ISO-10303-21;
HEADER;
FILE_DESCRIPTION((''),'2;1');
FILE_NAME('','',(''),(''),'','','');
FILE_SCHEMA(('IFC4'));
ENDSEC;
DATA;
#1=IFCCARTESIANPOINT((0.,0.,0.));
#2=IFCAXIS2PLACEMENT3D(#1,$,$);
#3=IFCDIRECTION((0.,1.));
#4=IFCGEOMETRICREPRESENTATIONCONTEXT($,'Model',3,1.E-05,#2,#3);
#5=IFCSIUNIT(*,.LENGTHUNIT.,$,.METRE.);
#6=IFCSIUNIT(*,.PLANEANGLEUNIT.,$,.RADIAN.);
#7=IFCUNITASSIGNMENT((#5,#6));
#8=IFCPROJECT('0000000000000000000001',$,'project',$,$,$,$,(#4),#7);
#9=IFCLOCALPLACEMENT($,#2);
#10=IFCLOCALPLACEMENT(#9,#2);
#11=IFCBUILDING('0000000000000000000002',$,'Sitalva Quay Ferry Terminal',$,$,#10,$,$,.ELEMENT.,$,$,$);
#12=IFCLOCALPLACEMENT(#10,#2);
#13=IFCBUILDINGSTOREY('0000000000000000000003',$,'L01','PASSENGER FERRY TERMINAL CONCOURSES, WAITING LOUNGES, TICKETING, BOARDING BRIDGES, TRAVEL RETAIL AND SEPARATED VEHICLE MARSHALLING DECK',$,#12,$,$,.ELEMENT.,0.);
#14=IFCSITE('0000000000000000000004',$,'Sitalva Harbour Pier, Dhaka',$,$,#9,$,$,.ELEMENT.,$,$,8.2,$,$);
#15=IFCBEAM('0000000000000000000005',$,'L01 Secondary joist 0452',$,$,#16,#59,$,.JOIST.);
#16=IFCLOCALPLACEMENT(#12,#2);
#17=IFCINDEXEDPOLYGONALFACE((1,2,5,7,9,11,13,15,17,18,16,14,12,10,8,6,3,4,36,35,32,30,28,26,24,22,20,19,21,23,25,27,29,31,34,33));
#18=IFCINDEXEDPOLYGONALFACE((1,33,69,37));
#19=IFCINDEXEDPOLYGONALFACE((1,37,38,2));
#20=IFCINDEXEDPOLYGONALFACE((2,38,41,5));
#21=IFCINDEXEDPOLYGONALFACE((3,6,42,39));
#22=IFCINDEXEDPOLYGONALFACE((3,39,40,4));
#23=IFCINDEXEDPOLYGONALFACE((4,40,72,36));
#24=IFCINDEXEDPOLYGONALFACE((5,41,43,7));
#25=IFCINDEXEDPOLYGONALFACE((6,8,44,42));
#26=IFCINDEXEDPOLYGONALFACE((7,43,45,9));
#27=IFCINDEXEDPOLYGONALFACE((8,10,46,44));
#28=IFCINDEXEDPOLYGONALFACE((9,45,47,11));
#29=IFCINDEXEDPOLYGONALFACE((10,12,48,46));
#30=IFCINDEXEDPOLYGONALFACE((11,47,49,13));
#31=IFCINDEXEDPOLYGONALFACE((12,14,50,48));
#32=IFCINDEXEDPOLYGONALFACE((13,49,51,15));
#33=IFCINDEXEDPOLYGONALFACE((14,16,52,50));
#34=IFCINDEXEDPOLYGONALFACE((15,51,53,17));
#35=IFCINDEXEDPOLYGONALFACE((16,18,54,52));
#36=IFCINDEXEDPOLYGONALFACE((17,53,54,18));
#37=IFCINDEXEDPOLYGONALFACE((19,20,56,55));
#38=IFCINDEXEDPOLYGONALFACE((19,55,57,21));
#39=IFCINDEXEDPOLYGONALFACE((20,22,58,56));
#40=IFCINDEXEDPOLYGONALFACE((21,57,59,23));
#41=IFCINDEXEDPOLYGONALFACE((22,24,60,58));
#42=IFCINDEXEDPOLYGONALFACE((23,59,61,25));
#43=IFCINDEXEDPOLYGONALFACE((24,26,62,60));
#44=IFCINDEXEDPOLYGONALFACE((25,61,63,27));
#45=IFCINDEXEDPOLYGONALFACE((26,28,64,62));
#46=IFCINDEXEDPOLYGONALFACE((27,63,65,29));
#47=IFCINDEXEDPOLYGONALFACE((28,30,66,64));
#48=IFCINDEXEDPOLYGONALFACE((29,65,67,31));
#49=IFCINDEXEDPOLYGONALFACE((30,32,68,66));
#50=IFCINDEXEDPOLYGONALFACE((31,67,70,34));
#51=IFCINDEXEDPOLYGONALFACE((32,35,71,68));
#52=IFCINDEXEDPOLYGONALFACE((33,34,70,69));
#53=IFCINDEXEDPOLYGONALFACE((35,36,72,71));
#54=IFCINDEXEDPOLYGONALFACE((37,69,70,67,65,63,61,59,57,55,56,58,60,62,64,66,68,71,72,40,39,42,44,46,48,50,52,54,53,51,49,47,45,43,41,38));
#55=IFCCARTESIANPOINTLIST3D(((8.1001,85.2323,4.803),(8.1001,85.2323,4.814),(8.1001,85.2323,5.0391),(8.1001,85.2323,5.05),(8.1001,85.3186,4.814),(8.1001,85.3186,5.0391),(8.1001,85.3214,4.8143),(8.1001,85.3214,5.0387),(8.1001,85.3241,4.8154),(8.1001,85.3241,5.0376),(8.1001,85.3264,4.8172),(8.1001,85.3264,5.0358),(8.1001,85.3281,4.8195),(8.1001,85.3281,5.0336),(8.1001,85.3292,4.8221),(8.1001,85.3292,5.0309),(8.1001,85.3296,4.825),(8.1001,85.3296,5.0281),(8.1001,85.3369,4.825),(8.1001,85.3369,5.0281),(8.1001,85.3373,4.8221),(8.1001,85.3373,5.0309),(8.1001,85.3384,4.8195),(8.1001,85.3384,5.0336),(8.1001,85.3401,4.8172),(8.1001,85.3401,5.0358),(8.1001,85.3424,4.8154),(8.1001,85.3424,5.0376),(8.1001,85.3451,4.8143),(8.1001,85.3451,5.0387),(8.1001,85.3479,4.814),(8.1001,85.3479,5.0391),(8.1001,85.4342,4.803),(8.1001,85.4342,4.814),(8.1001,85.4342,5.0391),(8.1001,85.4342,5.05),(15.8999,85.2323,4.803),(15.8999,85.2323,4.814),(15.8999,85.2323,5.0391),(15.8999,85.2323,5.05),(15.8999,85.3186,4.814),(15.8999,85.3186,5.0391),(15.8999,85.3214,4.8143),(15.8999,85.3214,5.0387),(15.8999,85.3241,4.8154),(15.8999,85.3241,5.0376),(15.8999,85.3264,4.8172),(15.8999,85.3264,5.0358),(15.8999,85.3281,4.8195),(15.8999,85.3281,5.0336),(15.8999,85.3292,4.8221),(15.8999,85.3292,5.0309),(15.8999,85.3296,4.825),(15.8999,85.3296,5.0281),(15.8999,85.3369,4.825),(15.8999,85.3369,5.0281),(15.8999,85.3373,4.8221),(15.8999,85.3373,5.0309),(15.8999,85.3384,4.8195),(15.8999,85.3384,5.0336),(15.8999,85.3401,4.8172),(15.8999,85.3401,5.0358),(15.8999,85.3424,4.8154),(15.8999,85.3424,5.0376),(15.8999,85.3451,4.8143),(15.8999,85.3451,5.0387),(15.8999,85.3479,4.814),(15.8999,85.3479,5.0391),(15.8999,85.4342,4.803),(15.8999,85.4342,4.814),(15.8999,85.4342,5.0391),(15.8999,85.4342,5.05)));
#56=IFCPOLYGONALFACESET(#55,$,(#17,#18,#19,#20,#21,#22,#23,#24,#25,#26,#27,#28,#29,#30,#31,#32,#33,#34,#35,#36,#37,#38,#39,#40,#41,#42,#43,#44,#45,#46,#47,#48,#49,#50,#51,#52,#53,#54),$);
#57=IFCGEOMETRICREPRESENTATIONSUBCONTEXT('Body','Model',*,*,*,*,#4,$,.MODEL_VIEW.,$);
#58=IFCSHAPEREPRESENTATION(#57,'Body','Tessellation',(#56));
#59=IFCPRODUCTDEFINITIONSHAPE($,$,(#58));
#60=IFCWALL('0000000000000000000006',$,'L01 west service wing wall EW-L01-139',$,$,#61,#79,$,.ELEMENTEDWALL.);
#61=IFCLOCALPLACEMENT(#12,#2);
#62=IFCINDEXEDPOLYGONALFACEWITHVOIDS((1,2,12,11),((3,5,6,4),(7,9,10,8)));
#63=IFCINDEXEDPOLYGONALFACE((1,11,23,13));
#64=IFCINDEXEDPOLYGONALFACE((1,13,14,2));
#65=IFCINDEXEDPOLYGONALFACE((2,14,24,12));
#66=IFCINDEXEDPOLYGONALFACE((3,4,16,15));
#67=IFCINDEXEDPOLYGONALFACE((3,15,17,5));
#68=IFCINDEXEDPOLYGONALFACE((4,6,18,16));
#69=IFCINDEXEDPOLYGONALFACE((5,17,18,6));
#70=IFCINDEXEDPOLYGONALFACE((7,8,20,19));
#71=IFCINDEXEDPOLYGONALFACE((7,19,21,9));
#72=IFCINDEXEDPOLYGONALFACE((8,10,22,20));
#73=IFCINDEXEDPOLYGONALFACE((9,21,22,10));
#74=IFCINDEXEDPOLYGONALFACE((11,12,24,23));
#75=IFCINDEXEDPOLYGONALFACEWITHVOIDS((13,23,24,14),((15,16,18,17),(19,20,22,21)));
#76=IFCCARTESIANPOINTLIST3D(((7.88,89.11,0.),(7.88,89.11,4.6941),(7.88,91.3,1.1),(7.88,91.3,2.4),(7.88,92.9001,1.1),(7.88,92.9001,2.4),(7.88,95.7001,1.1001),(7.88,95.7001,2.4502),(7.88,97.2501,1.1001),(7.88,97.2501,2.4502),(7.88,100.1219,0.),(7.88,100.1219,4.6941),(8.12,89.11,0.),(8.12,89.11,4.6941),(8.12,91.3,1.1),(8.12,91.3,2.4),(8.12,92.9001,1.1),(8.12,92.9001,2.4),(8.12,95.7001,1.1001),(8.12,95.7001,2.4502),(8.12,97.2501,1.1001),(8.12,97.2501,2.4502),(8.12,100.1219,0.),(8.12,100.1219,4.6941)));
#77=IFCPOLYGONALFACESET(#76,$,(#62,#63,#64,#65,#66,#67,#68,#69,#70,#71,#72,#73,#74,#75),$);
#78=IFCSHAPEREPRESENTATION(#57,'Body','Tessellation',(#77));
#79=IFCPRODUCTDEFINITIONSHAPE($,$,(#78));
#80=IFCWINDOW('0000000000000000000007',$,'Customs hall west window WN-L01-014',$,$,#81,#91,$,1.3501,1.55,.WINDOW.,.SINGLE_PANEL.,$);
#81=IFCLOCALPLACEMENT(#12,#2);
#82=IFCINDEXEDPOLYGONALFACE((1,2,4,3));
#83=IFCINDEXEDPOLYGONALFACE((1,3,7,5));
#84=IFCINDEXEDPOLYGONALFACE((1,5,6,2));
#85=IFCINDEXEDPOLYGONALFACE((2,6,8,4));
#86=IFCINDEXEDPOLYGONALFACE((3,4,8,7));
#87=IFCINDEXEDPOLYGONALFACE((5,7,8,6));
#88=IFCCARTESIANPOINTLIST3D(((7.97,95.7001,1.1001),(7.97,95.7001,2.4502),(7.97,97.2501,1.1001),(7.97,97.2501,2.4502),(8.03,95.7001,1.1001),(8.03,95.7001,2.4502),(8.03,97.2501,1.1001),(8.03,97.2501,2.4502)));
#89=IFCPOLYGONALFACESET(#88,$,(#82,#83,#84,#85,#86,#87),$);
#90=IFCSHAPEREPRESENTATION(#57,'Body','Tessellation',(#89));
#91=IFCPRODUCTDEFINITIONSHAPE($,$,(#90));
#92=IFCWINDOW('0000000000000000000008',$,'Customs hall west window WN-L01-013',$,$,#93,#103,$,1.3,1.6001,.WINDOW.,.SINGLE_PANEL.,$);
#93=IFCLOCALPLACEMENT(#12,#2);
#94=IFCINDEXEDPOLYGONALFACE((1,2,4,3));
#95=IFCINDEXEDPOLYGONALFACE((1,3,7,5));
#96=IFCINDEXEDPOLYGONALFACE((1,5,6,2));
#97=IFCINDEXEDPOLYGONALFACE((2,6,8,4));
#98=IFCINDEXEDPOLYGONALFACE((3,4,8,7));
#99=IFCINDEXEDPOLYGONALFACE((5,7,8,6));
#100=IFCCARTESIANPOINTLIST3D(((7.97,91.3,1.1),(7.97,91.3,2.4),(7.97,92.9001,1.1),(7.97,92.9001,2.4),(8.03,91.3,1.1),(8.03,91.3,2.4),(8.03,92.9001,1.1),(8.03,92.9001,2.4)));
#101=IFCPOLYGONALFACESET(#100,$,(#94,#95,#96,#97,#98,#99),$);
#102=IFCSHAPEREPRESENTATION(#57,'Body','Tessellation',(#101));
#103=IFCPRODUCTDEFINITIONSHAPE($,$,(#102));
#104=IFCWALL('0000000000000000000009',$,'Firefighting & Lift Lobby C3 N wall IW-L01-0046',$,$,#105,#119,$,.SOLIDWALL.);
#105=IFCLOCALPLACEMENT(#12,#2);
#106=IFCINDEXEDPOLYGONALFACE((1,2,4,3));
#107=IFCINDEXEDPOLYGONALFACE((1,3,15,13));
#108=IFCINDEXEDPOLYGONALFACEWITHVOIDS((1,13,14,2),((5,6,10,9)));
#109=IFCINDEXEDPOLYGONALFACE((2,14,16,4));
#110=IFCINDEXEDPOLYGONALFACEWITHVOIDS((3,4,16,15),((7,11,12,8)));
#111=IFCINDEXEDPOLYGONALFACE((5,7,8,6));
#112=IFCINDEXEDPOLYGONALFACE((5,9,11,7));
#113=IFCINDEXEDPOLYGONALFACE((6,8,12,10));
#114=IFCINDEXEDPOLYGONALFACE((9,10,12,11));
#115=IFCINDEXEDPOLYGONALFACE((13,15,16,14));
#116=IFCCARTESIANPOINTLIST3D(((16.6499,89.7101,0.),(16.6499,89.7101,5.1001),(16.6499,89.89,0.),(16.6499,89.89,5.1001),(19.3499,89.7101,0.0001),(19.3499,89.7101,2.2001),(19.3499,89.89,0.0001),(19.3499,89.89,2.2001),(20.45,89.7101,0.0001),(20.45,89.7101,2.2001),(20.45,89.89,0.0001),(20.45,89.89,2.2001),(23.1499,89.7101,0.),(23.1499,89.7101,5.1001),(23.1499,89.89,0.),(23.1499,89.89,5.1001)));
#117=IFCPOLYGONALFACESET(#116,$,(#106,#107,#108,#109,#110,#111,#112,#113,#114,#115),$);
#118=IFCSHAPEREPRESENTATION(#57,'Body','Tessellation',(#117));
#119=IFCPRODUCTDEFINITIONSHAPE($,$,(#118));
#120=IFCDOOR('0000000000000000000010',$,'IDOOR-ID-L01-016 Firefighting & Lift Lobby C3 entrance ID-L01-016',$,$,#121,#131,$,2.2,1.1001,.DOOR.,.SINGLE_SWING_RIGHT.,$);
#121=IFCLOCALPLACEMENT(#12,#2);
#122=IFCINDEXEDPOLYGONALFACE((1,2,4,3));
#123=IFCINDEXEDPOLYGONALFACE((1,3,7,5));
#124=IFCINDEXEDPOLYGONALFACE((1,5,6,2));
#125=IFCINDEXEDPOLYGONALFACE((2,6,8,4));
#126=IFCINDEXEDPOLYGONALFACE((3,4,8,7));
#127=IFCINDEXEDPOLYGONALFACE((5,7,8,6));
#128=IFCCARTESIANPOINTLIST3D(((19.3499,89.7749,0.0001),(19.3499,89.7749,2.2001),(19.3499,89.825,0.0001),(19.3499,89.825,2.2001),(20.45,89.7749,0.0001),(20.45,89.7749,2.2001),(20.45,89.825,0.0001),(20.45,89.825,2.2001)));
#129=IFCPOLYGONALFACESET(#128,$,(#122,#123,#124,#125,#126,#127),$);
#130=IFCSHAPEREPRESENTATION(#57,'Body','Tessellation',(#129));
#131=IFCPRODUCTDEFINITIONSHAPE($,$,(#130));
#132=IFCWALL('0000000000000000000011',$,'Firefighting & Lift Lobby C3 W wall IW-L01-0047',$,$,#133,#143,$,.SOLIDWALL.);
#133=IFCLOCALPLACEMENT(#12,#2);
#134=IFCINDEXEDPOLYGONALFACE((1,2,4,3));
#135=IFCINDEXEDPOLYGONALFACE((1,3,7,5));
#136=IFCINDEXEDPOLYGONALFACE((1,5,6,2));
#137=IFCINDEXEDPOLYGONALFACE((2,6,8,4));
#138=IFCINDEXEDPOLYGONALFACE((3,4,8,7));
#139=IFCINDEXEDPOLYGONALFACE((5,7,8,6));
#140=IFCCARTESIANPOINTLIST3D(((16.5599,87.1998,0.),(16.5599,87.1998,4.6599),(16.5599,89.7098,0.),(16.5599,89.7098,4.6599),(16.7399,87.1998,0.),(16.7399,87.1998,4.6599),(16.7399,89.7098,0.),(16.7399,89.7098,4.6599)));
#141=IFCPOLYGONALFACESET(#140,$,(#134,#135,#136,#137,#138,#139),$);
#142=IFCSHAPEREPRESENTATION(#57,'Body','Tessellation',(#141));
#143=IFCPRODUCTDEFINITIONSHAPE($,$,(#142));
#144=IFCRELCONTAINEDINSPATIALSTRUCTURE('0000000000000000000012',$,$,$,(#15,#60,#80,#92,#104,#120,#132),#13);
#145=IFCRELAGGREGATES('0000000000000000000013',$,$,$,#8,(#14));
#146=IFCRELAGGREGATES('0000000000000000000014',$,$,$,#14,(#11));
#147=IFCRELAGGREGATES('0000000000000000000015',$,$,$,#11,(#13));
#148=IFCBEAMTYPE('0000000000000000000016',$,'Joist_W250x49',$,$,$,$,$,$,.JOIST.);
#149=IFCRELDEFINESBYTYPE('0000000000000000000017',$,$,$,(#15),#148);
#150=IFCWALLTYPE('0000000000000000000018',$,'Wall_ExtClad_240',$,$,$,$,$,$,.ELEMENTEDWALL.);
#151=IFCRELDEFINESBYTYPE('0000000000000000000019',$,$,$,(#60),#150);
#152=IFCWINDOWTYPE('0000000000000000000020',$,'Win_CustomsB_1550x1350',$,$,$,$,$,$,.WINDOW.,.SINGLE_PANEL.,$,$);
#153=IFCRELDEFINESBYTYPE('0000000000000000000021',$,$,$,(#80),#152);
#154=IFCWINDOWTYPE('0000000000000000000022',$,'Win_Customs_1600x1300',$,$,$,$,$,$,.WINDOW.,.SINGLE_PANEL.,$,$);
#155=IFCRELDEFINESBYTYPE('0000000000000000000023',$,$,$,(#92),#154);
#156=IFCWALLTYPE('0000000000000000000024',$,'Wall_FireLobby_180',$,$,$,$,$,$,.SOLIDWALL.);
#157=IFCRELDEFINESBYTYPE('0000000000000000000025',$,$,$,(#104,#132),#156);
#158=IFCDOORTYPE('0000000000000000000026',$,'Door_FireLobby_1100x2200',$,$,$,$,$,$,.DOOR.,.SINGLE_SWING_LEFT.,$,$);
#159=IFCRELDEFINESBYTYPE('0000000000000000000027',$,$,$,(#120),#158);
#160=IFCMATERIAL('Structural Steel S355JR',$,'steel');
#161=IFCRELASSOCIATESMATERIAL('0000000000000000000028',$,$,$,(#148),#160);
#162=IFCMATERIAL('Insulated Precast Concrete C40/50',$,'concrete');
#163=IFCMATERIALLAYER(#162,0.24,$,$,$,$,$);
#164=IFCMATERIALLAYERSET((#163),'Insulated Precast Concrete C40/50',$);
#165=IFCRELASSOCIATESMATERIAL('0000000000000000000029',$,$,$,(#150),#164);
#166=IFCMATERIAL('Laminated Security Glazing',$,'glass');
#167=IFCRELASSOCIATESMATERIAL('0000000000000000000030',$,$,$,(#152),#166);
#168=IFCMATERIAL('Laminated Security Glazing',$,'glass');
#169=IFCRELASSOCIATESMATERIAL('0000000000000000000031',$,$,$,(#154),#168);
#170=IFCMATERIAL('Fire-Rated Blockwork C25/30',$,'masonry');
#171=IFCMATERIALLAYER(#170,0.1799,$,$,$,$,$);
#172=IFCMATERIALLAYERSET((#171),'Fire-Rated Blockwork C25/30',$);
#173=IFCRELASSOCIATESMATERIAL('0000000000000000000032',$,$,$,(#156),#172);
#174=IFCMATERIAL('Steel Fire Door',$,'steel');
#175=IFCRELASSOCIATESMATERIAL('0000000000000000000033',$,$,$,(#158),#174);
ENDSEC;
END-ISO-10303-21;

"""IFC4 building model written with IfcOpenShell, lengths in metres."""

from ifc_helpers import new_model, si_unit, direction, frame, frame_2d, origin, origin_2d, place, context, subcontext, project, spatial, rectangle, i_section, extrude, material, layer, layer_set, material_profile, profile_set, type_object, element, fill, save


model = new_model("IFC4")

# Units and contexts
model_context = context("Model", 3, precision=1e-05, world=origin(), true_north=direction((0.0, 1.0)))
body_context = subcontext(model_context, "Body", "Model", "MODEL_VIEW")
ifc_project = project(units=[si_unit("LENGTHUNIT", "METRE"), si_unit("PLANEANGLEUNIT", "RADIAN")], contexts=[model_context])

# Site, building, storey
site_placement = place(None, origin())
site = spatial("IfcSite", under=ifc_project, at=site_placement, Name="Sitalva Harbour Pier, Dhaka", CompositionType="ELEMENT", RefElevation=8.2)
building_placement = place(site_placement, origin())
building = spatial("IfcBuilding", under=site, at=building_placement, Name="Sitalva Quay Ferry Terminal", CompositionType="ELEMENT")
storey_placement = place(building_placement, origin())
storey = spatial("IfcBuildingStorey", under=building, at=storey_placement, Name="L01", Description="PASSENGER FERRY TERMINAL CONCOURSES, WAITING LOUNGES, TICKETING, BOARDING BRIDGES, TRAVEL RETAIL AND SEPARATED VEHICLE MARSHALLING DECK", CompositionType="ELEMENT", Elevation=0.0)

# Beam
ifc_material_1 = material(Name="Structural Steel S355JR", Category="steel")
ifc_material_profile_1 = material_profile(ifc_material_1, i_section(OverallWidth=0.2019, OverallDepth=0.2471, WebThickness=0.0073, FlangeThickness=0.011, FilletRadius=0.011, at=origin_2d()), Name="W250x49")
ifc_profile_set_1 = profile_set([ifc_material_profile_1], Name="Structural Steel S355JR")
beam_type_1 = type_object("IfcBeamType", Name="Joist_W250x49", PredefinedType="JOIST", material=ifc_profile_set_1)
for number, where, z_axis, x_axis, name in (
    (1, (8.1001, 85.3333, 4.9265), (1.0, 0.0, 0.0), (0.0, 1.0, 0.0), "L01 Secondary joist 0452"),
):
    element("IfcBeam", number, at=place(storey_placement, frame(where, z_axis=z_axis, x_axis=x_axis)), inside=storey, type_object=beam_type_1, Name=name, PredefinedType="JOIST", context=body_context, shape_type="SweptSolid", body=[
        extrude(i_section(OverallWidth=0.2019, OverallDepth=0.2471, WebThickness=0.0073, FlangeThickness=0.011, FilletRadius=0.011, at=origin_2d()), origin(), (0.0, 0.0, 1.0), 7.7998),
    ])

# Wall, openings, windows
ifc_material_2 = material(Name="Insulated Precast Concrete C40/50", Category="concrete")
ifc_layer_1 = layer(ifc_material_2, 0.24)
ifc_layer_set_1 = layer_set([ifc_layer_1], Name="Insulated Precast Concrete C40/50")
wall_type_1 = type_object("IfcWallType", Name="Wall_ExtClad_240", PredefinedType="ELEMENTEDWALL", material=ifc_layer_set_1)
wall_1_placement = place(storey_placement, frame((8.0, 89.1101, 0.0), z_axis=(0.0, 0.0, 1.0), x_axis=(0.0, 1.0, 0.0)))
wall_1 = element("IfcWall", 2, at=wall_1_placement, inside=storey, type_object=wall_type_1, Name="L01 west service wing wall EW-L01-139", PredefinedType="ELEMENTEDWALL", context=body_context, shape_type="SweptSolid", body=[
    extrude(rectangle(XDim=11.012, YDim=0.24, at=frame_2d((5.5059, 0.0))), origin(), (0.0, 0.0, 1.0), 4.6941),
])
opening_1_placement = place(wall_1_placement, frame((2.1899, 0.0, 1.1001)))
opening_1 = element("IfcOpeningElement", 3, at=opening_1_placement, cuts=wall_1, PredefinedType="OPENING", context=body_context, shape_type="SweptSolid", body=[
    extrude(rectangle(XDim=1.6001, YDim=1.3, at=frame_2d((0.8, 0.6499))), frame((0.0, 0.1299, 0.0), z_axis=(0.0, -1.0, 0.0), x_axis=(1.0, 0.0, 0.0)), (0.0, 0.0, 1.0), 0.26),
])
opening_2_placement = place(wall_1_placement, frame((6.5901, 0.0, 1.1001)))
opening_2 = element("IfcOpeningElement", 4, at=opening_2_placement, cuts=wall_1, PredefinedType="OPENING", context=body_context, shape_type="SweptSolid", body=[
    extrude(rectangle(XDim=1.55, YDim=1.3501, at=frame_2d((0.7749, 0.675))), frame((0.0, 0.1299, 0.0), z_axis=(0.0, -1.0, 0.0), x_axis=(1.0, 0.0, 0.0)), (0.0, 0.0, 1.0), 0.26),
])
ifc_material_3 = material(Name="Laminated Security Glazing", Category="glass")
window_type_1 = type_object("IfcWindowType", Name="Win_CustomsB_1550x1350", PartitioningType="SINGLE_PANEL", PredefinedType="WINDOW", material=ifc_material_3)
window_1_placement = place(opening_2_placement, origin())
window_1 = element("IfcWindow", 5, at=window_1_placement, inside=storey, type_object=window_type_1, Name="Customs hall west window WN-L01-014", OverallHeight=1.3501, OverallWidth=1.55, PartitioningType="SINGLE_PANEL", PredefinedType="WINDOW", context=body_context, shape_type="SweptSolid", body=[
    extrude(rectangle(XDim=1.55, YDim=1.3501, at=frame_2d((0.7749, 0.675))), frame((0.0, 0.03, 0.0), z_axis=(0.0, -1.0, 0.0), x_axis=(1.0, 0.0, 0.0)), (0.0, 0.0, 1.0), 0.0601),
])
fill(opening_2, window_1)
ifc_material_4 = material(Name="Laminated Security Glazing", Category="glass")
window_type_2 = type_object("IfcWindowType", Name="Win_Customs_1600x1300", PartitioningType="SINGLE_PANEL", PredefinedType="WINDOW", material=ifc_material_4)
window_2_placement = place(opening_1_placement, origin())
window_2 = element("IfcWindow", 6, at=window_2_placement, inside=storey, type_object=window_type_2, Name="Customs hall west window WN-L01-013", OverallHeight=1.3, OverallWidth=1.6001, PartitioningType="SINGLE_PANEL", PredefinedType="WINDOW", context=body_context, shape_type="SweptSolid", body=[
    extrude(rectangle(XDim=1.6001, YDim=1.3, at=frame_2d((0.8, 0.6499))), frame((0.0, 0.03, 0.0), z_axis=(0.0, -1.0, 0.0), x_axis=(1.0, 0.0, 0.0)), (0.0, 0.0, 1.0), 0.0601),
])
fill(opening_1, window_2)

# Wall, opening, door
ifc_material_5 = material(Name="Fire-Rated Blockwork C25/30", Category="masonry")
ifc_layer_2 = layer(ifc_material_5, 0.1799)
ifc_layer_set_2 = layer_set([ifc_layer_2], Name="Fire-Rated Blockwork C25/30")
wall_type_2 = type_object("IfcWallType", Name="Wall_FireLobby_180", PredefinedType="SOLIDWALL", material=ifc_layer_set_2)
wall_2_placement = place(storey_placement, frame((16.6499, 89.8, 0.0), z_axis=(0.0, 0.0, 1.0), x_axis=(1.0, 0.0, 0.0)))
wall_2 = element("IfcWall", 7, at=wall_2_placement, inside=storey, type_object=wall_type_2, Name="Firefighting & Lift Lobby C3 N wall IW-L01-0046", PredefinedType="SOLIDWALL", context=body_context, shape_type="SweptSolid", body=[
    extrude(rectangle(XDim=6.5, YDim=0.1799, at=frame_2d((3.25, 0.0))), origin(), (0.0, 0.0, 1.0), 5.1001),
])
opening_3_placement = place(wall_2_placement, frame((2.7, 0.0, 0.0)))
opening_3 = element("IfcOpeningElement", 8, at=opening_3_placement, cuts=wall_2, PredefinedType="OPENING", context=body_context, shape_type="SweptSolid", body=[
    extrude(rectangle(XDim=1.1001, YDim=2.2, at=frame_2d((0.55, 1.1001))), frame((0.0, 0.0999, 0.0), z_axis=(0.0, -1.0, 0.0), x_axis=(1.0, 0.0, 0.0)), (0.0, 0.0, 1.0), 0.2),
])
ifc_material_6 = material(Name="Steel Fire Door", Category="steel")
door_type_1 = type_object("IfcDoorType", Name="Door_FireLobby_1100x2200", OperationType="SINGLE_SWING_LEFT", PredefinedType="DOOR", material=ifc_material_6)
door_1_placement = place(opening_3_placement, origin())
door_1 = element("IfcDoor", 9, at=door_1_placement, inside=storey, type_object=door_type_1, Name="IDOOR-ID-L01-016 Firefighting & Lift Lobby C3 entrance ID-L01-016", OperationType="SINGLE_SWING_RIGHT", OverallHeight=2.2, OverallWidth=1.1001, PredefinedType="DOOR", context=body_context, shape_type="SweptSolid", body=[
    extrude(rectangle(XDim=1.1001, YDim=2.2, at=frame_2d((0.55, 1.1001))), frame((0.0, 0.0249, 0.0), z_axis=(0.0, -1.0, 0.0), x_axis=(1.0, 0.0, 0.0)), (0.0, 0.0, 1.0), 0.05),
])
fill(opening_3, door_1)

# Wall
wall_3_placement = place(storey_placement, frame((16.6499, 87.2, 0.0), z_axis=(0.0, 0.0, 1.0), x_axis=(0.0, 1.0, 0.0)))
element("IfcWall", 10, at=wall_3_placement, inside=storey, type_object=wall_type_2, Name="Firefighting & Lift Lobby C3 W wall IW-L01-0047", PredefinedType="SOLIDWALL", context=body_context, shape_type="SweptSolid", body=[
    extrude(rectangle(XDim=2.51, YDim=0.1799, at=frame_2d((1.2549, 0.0))), origin(), (0.0, 0.0, 1.0), 4.6599),
])

save(model, "model.ifc")
